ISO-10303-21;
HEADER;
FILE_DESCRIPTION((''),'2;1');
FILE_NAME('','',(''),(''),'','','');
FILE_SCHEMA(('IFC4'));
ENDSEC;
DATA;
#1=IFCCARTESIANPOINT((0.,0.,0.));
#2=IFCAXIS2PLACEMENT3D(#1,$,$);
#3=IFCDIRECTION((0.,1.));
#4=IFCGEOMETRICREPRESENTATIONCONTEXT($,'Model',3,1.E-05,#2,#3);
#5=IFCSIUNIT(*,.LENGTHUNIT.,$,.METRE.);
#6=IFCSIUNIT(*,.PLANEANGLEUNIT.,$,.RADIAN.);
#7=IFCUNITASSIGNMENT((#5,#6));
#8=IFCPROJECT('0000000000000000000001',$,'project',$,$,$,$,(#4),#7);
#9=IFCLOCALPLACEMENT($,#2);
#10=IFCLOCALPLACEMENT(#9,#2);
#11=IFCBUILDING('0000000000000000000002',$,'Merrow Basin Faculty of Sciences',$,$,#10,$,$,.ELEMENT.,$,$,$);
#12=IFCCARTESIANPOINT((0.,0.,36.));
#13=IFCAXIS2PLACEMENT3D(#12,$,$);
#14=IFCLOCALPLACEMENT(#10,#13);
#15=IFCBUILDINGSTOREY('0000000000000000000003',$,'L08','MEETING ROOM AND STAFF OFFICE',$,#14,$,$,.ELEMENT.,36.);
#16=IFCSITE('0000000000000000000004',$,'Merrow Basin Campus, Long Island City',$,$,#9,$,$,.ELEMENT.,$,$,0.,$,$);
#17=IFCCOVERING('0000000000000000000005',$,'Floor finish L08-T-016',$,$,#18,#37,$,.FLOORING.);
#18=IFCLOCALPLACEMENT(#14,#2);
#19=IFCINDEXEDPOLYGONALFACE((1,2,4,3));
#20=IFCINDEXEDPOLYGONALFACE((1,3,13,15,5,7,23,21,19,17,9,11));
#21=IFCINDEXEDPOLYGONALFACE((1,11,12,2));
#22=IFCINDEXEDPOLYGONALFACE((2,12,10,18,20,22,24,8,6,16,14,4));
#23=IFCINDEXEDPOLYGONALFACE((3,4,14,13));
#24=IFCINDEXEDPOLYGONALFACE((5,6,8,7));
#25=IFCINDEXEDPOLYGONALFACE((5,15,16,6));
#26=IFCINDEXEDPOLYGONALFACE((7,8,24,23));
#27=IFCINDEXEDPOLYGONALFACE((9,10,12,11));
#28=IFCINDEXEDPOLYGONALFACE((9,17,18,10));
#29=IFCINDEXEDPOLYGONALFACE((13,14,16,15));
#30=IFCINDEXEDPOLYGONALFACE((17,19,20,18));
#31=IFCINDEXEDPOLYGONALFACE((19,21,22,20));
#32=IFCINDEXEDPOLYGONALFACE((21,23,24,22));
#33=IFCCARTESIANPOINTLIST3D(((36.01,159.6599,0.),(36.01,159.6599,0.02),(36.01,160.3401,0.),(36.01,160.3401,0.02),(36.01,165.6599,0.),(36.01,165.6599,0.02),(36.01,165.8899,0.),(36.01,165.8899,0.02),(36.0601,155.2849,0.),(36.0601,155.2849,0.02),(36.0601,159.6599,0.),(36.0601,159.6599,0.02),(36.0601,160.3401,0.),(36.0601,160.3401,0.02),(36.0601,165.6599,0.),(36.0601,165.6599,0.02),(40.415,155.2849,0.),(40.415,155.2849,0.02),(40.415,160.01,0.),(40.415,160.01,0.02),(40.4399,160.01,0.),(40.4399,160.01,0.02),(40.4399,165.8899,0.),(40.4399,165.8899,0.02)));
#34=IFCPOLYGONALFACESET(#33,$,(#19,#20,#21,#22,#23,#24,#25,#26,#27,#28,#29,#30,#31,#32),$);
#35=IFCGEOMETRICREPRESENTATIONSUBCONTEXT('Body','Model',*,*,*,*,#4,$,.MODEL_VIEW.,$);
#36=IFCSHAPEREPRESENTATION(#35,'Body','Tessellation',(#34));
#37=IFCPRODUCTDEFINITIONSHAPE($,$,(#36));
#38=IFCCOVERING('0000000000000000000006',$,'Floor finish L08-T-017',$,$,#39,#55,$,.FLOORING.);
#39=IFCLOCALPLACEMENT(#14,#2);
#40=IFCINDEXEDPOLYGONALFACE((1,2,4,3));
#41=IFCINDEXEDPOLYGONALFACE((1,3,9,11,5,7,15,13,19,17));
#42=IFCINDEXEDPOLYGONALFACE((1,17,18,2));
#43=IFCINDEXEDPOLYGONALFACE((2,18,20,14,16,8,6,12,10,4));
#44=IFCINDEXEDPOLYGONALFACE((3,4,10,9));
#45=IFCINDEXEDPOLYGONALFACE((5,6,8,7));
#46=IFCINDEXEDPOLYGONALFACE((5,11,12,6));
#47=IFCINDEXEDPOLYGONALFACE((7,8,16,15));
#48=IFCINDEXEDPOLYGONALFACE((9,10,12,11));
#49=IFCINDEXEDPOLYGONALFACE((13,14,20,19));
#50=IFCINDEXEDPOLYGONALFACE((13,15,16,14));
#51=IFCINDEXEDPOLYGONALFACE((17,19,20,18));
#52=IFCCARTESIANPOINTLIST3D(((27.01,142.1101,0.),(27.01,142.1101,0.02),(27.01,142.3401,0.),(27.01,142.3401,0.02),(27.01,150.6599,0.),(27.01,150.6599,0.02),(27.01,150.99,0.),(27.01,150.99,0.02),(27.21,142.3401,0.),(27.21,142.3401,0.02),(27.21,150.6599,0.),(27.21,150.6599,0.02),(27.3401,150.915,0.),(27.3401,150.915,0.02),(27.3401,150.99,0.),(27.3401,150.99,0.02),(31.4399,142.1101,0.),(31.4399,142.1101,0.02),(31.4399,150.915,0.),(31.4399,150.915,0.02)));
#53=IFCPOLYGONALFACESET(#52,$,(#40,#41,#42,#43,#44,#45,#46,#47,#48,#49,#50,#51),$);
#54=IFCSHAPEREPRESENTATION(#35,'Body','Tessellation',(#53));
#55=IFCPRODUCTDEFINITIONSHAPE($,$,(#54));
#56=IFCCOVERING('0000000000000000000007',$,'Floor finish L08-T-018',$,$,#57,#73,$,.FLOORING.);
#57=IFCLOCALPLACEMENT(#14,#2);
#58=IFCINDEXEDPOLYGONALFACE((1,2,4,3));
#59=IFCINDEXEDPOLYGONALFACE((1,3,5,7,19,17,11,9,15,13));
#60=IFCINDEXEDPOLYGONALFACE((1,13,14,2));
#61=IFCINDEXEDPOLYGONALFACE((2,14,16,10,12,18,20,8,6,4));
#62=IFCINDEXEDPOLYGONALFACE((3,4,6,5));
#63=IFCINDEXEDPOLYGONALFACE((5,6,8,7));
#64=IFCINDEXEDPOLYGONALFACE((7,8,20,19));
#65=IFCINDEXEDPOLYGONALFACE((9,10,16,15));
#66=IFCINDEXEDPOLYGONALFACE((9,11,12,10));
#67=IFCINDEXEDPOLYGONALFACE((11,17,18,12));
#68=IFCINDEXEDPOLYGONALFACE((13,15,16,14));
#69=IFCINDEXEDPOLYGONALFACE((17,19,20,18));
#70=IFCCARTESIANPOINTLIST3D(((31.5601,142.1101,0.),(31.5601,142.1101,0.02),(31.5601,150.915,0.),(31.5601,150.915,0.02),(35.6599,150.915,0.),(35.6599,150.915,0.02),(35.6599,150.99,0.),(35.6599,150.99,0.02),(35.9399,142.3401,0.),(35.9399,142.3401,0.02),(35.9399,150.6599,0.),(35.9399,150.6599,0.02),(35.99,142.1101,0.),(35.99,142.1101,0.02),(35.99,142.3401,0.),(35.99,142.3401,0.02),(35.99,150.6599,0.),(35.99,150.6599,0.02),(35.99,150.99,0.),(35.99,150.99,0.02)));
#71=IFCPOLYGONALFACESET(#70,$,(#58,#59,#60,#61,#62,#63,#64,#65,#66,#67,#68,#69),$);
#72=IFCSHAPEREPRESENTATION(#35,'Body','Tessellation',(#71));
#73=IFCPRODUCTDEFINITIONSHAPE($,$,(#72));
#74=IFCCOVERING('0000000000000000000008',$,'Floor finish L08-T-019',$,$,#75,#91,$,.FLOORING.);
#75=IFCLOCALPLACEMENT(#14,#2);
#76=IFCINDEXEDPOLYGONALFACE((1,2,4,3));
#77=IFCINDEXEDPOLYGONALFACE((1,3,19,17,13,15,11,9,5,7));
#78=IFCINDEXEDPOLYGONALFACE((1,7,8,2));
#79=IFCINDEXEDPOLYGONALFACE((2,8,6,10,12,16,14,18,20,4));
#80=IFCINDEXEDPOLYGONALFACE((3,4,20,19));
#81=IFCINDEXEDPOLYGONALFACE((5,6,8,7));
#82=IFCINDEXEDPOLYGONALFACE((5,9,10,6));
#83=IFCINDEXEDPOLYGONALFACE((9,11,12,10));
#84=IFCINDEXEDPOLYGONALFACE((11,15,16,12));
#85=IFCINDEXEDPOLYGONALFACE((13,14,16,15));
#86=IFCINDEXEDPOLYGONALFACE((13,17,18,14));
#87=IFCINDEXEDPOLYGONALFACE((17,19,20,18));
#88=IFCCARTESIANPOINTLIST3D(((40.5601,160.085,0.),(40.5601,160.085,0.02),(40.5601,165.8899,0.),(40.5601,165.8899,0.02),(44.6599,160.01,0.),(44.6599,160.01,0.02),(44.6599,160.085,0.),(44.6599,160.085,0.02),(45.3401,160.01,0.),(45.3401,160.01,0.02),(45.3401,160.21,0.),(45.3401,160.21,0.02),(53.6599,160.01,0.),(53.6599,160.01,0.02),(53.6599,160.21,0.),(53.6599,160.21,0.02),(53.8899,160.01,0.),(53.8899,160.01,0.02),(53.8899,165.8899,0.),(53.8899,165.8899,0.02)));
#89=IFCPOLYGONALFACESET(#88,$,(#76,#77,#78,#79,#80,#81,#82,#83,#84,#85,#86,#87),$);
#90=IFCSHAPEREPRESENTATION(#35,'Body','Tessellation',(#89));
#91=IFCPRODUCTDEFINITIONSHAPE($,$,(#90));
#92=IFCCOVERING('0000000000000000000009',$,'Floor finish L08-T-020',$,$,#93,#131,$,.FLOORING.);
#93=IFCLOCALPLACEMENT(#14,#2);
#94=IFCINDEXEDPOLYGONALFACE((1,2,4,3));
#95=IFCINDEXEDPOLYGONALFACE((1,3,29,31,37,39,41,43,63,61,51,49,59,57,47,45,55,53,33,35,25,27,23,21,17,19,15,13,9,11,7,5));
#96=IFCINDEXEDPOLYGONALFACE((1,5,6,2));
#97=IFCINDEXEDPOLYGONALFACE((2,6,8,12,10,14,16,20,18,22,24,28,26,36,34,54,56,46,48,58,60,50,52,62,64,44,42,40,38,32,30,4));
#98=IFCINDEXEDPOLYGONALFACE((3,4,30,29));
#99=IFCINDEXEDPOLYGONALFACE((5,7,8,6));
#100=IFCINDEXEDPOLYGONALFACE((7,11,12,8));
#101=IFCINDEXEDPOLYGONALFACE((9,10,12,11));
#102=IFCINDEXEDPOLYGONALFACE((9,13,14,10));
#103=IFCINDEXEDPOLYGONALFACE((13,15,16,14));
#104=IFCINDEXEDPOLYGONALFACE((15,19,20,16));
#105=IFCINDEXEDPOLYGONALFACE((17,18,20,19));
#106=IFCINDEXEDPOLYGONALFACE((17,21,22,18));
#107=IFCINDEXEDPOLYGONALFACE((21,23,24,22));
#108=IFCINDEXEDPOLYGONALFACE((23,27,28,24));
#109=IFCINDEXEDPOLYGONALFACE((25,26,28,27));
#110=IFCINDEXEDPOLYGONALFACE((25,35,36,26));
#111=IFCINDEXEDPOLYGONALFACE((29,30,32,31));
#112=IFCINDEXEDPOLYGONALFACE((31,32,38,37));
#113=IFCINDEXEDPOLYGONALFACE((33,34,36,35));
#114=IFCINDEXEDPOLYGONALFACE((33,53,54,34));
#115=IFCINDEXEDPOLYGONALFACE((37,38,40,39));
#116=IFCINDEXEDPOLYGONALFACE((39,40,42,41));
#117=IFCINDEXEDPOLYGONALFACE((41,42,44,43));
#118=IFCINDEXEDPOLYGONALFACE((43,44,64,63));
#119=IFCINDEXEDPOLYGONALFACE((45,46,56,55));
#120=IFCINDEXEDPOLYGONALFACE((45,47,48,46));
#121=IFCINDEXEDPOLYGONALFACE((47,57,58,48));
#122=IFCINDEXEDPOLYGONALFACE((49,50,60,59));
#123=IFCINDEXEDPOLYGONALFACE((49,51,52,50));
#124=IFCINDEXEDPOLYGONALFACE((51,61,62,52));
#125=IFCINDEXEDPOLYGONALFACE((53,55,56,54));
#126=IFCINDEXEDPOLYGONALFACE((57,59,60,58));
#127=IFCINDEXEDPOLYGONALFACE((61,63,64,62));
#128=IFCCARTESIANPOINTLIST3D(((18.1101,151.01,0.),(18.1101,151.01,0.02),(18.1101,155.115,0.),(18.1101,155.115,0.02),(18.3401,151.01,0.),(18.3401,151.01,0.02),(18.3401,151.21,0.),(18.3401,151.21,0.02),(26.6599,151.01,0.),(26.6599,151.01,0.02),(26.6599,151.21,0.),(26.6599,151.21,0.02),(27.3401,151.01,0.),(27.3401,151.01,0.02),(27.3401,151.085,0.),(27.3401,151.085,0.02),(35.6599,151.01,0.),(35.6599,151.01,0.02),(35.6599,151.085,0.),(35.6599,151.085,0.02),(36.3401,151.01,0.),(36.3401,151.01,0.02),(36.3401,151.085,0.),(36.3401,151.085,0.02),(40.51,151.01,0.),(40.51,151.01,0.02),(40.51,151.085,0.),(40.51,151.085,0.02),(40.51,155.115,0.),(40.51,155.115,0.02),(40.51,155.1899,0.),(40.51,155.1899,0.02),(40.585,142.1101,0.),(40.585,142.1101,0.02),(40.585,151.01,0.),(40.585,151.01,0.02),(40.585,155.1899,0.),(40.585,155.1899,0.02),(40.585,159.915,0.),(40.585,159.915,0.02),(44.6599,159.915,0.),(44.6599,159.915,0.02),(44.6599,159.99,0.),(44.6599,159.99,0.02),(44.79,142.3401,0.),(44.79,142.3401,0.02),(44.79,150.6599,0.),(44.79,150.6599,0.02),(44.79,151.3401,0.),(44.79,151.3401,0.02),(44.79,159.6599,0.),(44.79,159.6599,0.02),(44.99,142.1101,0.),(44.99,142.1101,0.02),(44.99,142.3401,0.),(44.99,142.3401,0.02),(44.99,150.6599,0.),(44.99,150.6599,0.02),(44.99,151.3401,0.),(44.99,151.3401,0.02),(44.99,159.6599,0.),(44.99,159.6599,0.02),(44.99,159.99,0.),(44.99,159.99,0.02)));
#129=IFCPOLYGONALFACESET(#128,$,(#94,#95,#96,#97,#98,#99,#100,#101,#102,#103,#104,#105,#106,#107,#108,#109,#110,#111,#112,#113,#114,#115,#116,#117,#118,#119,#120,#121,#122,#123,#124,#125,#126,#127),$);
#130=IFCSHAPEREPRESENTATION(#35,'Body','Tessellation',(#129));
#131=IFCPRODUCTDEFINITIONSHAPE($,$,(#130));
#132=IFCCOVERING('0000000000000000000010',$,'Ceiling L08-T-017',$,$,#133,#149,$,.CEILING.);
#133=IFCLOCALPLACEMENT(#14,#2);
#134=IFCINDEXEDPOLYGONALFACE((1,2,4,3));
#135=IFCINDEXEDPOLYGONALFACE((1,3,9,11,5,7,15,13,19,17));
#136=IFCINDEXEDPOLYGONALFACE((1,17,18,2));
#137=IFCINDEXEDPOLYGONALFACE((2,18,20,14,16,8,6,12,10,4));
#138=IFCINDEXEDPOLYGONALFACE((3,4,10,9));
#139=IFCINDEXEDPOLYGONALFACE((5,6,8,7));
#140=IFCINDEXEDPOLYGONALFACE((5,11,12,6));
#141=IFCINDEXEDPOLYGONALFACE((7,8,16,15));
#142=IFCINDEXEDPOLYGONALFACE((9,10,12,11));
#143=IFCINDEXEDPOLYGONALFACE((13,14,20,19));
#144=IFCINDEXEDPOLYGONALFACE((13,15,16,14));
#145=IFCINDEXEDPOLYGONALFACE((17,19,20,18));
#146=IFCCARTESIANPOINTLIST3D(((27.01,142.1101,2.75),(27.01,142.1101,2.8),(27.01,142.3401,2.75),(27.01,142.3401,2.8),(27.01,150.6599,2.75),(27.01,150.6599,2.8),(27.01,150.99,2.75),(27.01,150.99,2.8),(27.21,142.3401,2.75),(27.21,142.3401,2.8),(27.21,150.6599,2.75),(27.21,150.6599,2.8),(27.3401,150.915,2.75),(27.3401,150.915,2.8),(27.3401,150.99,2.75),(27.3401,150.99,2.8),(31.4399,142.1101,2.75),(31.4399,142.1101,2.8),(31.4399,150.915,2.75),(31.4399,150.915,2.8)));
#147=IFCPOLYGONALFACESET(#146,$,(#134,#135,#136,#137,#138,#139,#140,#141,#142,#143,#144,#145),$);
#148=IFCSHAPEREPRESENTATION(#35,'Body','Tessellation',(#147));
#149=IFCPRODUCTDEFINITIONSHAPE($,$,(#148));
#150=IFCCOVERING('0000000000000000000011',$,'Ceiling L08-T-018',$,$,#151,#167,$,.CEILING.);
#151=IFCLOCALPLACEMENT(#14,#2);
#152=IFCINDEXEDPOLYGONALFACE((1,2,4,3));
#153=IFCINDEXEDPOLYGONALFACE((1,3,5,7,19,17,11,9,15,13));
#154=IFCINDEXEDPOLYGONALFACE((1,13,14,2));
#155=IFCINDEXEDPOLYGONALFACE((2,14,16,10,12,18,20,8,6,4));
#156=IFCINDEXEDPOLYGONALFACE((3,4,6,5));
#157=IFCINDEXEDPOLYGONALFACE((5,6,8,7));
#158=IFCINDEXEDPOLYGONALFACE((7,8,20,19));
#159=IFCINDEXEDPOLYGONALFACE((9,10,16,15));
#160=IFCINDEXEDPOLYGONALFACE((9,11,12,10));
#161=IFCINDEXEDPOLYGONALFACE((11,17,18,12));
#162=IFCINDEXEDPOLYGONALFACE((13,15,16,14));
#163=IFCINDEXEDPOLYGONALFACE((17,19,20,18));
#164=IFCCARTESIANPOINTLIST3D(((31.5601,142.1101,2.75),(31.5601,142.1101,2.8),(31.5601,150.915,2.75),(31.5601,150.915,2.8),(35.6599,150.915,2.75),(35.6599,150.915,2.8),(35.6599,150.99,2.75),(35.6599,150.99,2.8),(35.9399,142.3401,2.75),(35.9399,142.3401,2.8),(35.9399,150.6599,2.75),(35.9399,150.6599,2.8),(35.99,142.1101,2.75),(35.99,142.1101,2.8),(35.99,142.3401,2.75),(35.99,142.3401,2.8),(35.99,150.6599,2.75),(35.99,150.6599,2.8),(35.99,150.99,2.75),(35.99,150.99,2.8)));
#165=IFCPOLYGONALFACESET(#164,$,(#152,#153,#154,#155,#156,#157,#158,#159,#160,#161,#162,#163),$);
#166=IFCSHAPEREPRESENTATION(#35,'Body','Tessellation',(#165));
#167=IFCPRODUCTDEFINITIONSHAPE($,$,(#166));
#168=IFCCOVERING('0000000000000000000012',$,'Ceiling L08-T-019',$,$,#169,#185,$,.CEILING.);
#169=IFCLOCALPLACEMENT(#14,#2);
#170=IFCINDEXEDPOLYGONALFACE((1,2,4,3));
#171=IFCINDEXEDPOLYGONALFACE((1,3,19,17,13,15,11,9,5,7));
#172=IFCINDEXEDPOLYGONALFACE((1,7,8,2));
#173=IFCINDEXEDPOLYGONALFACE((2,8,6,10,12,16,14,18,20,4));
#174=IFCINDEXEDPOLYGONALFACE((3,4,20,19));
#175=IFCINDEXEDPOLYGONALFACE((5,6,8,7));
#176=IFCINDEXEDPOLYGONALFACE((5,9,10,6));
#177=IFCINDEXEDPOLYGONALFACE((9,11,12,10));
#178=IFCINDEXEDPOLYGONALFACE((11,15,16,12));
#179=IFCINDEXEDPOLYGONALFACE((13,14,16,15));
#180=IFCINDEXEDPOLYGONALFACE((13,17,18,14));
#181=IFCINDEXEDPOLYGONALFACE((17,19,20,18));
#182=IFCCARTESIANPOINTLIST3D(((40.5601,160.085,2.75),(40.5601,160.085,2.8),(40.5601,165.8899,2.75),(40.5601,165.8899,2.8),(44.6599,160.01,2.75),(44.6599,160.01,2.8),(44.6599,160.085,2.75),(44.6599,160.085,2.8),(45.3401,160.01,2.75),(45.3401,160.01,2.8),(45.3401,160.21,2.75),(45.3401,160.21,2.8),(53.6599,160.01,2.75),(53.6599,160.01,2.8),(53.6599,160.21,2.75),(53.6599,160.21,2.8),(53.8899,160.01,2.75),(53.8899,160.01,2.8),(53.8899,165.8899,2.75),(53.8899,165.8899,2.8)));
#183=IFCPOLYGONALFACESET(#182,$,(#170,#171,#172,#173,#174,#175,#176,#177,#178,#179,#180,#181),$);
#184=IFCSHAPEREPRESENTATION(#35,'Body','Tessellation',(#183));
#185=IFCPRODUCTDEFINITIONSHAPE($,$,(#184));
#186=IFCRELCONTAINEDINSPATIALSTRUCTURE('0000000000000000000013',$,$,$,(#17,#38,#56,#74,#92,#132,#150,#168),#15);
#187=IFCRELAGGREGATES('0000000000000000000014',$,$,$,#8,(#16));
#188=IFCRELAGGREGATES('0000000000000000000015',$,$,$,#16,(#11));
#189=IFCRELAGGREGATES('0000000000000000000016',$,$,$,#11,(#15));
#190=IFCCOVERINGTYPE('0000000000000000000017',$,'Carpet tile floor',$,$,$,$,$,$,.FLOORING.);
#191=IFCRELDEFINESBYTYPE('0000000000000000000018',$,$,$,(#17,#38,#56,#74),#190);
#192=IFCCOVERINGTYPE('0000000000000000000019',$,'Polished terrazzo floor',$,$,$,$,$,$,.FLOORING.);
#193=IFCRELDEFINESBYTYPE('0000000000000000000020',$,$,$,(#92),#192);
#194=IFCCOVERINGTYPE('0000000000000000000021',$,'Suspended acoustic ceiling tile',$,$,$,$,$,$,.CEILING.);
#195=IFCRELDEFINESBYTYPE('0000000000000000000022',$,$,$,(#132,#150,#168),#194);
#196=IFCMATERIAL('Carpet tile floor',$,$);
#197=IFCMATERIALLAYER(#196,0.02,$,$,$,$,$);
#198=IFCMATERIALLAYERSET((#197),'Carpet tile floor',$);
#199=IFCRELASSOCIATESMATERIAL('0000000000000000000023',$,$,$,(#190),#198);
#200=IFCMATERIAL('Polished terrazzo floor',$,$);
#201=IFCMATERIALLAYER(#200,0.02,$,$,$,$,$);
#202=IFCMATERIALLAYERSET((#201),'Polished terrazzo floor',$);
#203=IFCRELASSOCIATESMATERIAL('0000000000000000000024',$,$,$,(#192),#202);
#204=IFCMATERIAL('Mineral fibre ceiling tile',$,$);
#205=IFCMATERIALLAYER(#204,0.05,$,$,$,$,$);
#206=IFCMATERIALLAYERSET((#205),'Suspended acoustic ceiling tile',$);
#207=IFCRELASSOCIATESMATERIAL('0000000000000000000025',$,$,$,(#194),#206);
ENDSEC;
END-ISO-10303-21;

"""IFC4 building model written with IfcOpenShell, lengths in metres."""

from ifc_helpers import new_model, si_unit, direction, frame, origin, place, context, subcontext, project, spatial, polyline, outline, extrude, material, layer, layer_set, type_object, element, save


model = new_model("IFC4")

# Units and contexts
model_context = context("Model", 3, precision=1e-05, world=origin(), true_north=direction((0.0, 1.0)))
body_context = subcontext(model_context, "Body", "Model", "MODEL_VIEW")
ifc_project = project(units=[si_unit("LENGTHUNIT", "METRE"), si_unit("PLANEANGLEUNIT", "RADIAN")], contexts=[model_context])

# Site, building, storey
site_placement = place(None, origin())
site = spatial("IfcSite", under=ifc_project, at=site_placement, Name="Merrow Basin Campus, Long Island City", CompositionType="ELEMENT", RefElevation=0.0)
building_placement = place(site_placement, origin())
building = spatial("IfcBuilding", under=site, at=building_placement, Name="Merrow Basin Faculty of Sciences", CompositionType="ELEMENT")
storey_placement = place(building_placement, frame((0.0, 0.0, 36.0)))
storey = spatial("IfcBuildingStorey", under=building, at=storey_placement, Name="L08", Description="MEETING ROOM AND STAFF OFFICE", CompositionType="ELEMENT", Elevation=36.0)

# Coverings
ifc_material_1 = material(Name="Carpet tile floor")
ifc_layer_1 = layer(ifc_material_1, 0.02)
ifc_layer_set_1 = layer_set([ifc_layer_1], Name="Carpet tile floor")
covering_type_1 = type_object("IfcCoveringType", Name="Carpet tile floor", PredefinedType="FLOORING", material=ifc_layer_set_1)
covering_1_placement = place(storey_placement, origin())
element("IfcCovering", 1, at=covering_1_placement, inside=storey, type_object=covering_type_1, Name="Floor finish L08-T-016", PredefinedType="FLOORING", context=body_context, shape_type="SweptSolid", body=[
    extrude(outline(polyline([(36.0601, 155.2849), (36.0601, 159.6599), (36.01, 159.6599), (36.01, 160.3401), (36.0601, 160.3401), (36.0601, 165.6599), (36.01, 165.6599), (36.01, 165.8899), (40.4399, 165.8899), (40.4399, 160.01), (40.415, 160.01), (40.415, 155.2849), (36.0601, 155.2849)])), origin(), (0.0, 0.0, 1.0), 0.02),
])
covering_2_placement = place(storey_placement, origin())
element("IfcCovering", 2, at=covering_2_placement, inside=storey, type_object=covering_type_1, Name="Floor finish L08-T-017", PredefinedType="FLOORING", context=body_context, shape_type="SweptSolid", body=[
    extrude(outline(polyline([(27.3401, 150.99), (27.3401, 150.915), (31.4399, 150.915), (31.4399, 142.1101), (27.01, 142.1101), (27.01, 142.3401), (27.21, 142.3401), (27.21, 150.6599), (27.01, 150.6599), (27.01, 150.99), (27.3401, 150.99)])), origin(), (0.0, 0.0, 1.0), 0.02),
])
covering_3_placement = place(storey_placement, origin())
element("IfcCovering", 3, at=covering_3_placement, inside=storey, type_object=covering_type_1, Name="Floor finish L08-T-018", PredefinedType="FLOORING", context=body_context, shape_type="SweptSolid", body=[
    extrude(outline(polyline([(35.99, 150.99), (35.99, 150.6599), (35.9399, 150.6599), (35.9399, 142.3401), (35.99, 142.3401), (35.99, 142.1101), (31.5601, 142.1101), (31.5601, 150.915), (35.6599, 150.915), (35.6599, 150.99), (35.99, 150.99)])), origin(), (0.0, 0.0, 1.0), 0.02),
])
covering_4_placement = place(storey_placement, origin())
element("IfcCovering", 4, at=covering_4_placement, inside=storey, type_object=covering_type_1, Name="Floor finish L08-T-019", PredefinedType="FLOORING", context=body_context, shape_type="SweptSolid", body=[
    extrude(outline(polyline([(53.8899, 165.8899), (53.8899, 160.01), (53.6599, 160.01), (53.6599, 160.21), (45.3401, 160.21), (45.3401, 160.01), (44.6599, 160.01), (44.6599, 160.085), (40.5601, 160.085), (40.5601, 165.8899), (53.8899, 165.8899)])), origin(), (0.0, 0.0, 1.0), 0.02),
])
ifc_material_2 = material(Name="Polished terrazzo floor")
ifc_layer_2 = layer(ifc_material_2, 0.02)
ifc_layer_set_2 = layer_set([ifc_layer_2], Name="Polished terrazzo floor")
covering_type_2 = type_object("IfcCoveringType", Name="Polished terrazzo floor", PredefinedType="FLOORING", material=ifc_layer_set_2)
covering_5_placement = place(storey_placement, origin())
element("IfcCovering", 5, at=covering_5_placement, inside=storey, type_object=covering_type_2, Name="Floor finish L08-T-020", PredefinedType="FLOORING", context=body_context, shape_type="SweptSolid", body=[
    extrude(outline(polyline([(44.99, 159.6599), (44.79, 159.6599), (44.79, 151.3401), (44.99, 151.3401), (44.99, 150.6599), (44.79, 150.6599), (44.79, 142.3401), (44.99, 142.3401), (44.99, 142.1101), (40.585, 142.1101), (40.585, 151.01), (40.51, 151.01), (40.51, 151.085), (36.3401, 151.085), (36.3401, 151.01), (35.6599, 151.01), (35.6599, 151.085), (27.3401, 151.085), (27.3401, 151.01), (26.6599, 151.01), (26.6599, 151.21), (18.3401, 151.21), (18.3401, 151.01), (18.1101, 151.01), (18.1101, 155.115), (40.51, 155.115), (40.51, 155.1899), (40.585, 155.1899), (40.585, 159.915), (44.6599, 159.915), (44.6599, 159.99), (44.99, 159.99), (44.99, 159.6599)])), origin(), (0.0, 0.0, 1.0), 0.02),
])
ifc_material_3 = material(Name="Mineral fibre ceiling tile")
ifc_layer_3 = layer(ifc_material_3, 0.05)
ifc_layer_set_3 = layer_set([ifc_layer_3], Name="Suspended acoustic ceiling tile")
covering_type_3 = type_object("IfcCoveringType", Name="Suspended acoustic ceiling tile", PredefinedType="CEILING", material=ifc_layer_set_3)
covering_6_placement = place(storey_placement, frame((0.0, 0.0, 2.75)))
element("IfcCovering", 6, at=covering_6_placement, inside=storey, type_object=covering_type_3, Name="Ceiling L08-T-017", PredefinedType="CEILING", context=body_context, shape_type="SweptSolid", body=[
    extrude(outline(polyline([(27.3401, 150.99), (27.3401, 150.915), (31.4399, 150.915), (31.4399, 142.1101), (27.01, 142.1101), (27.01, 142.3401), (27.21, 142.3401), (27.21, 150.6599), (27.01, 150.6599), (27.01, 150.99), (27.3401, 150.99)])), origin(), (0.0, 0.0, 1.0), 0.05),
])
covering_7_placement = place(storey_placement, frame((0.0, 0.0, 2.75)))
element("IfcCovering", 7, at=covering_7_placement, inside=storey, type_object=covering_type_3, Name="Ceiling L08-T-018", PredefinedType="CEILING", context=body_context, shape_type="SweptSolid", body=[
    extrude(outline(polyline([(35.99, 150.99), (35.99, 150.6599), (35.9399, 150.6599), (35.9399, 142.3401), (35.99, 142.3401), (35.99, 142.1101), (31.5601, 142.1101), (31.5601, 150.915), (35.6599, 150.915), (35.6599, 150.99), (35.99, 150.99)])), origin(), (0.0, 0.0, 1.0), 0.05),
])
covering_8_placement = place(storey_placement, frame((0.0, 0.0, 2.75)))
element("IfcCovering", 8, at=covering_8_placement, inside=storey, type_object=covering_type_3, Name="Ceiling L08-T-019", PredefinedType="CEILING", context=body_context, shape_type="SweptSolid", body=[
    extrude(outline(polyline([(53.8899, 165.8899), (53.8899, 160.01), (53.6599, 160.01), (53.6599, 160.21), (45.3401, 160.21), (45.3401, 160.01), (44.6599, 160.01), (44.6599, 160.085), (40.5601, 160.085), (40.5601, 165.8899), (53.8899, 165.8899)])), origin(), (0.0, 0.0, 1.0), 0.05),
])

save(model, "model.ifc")
